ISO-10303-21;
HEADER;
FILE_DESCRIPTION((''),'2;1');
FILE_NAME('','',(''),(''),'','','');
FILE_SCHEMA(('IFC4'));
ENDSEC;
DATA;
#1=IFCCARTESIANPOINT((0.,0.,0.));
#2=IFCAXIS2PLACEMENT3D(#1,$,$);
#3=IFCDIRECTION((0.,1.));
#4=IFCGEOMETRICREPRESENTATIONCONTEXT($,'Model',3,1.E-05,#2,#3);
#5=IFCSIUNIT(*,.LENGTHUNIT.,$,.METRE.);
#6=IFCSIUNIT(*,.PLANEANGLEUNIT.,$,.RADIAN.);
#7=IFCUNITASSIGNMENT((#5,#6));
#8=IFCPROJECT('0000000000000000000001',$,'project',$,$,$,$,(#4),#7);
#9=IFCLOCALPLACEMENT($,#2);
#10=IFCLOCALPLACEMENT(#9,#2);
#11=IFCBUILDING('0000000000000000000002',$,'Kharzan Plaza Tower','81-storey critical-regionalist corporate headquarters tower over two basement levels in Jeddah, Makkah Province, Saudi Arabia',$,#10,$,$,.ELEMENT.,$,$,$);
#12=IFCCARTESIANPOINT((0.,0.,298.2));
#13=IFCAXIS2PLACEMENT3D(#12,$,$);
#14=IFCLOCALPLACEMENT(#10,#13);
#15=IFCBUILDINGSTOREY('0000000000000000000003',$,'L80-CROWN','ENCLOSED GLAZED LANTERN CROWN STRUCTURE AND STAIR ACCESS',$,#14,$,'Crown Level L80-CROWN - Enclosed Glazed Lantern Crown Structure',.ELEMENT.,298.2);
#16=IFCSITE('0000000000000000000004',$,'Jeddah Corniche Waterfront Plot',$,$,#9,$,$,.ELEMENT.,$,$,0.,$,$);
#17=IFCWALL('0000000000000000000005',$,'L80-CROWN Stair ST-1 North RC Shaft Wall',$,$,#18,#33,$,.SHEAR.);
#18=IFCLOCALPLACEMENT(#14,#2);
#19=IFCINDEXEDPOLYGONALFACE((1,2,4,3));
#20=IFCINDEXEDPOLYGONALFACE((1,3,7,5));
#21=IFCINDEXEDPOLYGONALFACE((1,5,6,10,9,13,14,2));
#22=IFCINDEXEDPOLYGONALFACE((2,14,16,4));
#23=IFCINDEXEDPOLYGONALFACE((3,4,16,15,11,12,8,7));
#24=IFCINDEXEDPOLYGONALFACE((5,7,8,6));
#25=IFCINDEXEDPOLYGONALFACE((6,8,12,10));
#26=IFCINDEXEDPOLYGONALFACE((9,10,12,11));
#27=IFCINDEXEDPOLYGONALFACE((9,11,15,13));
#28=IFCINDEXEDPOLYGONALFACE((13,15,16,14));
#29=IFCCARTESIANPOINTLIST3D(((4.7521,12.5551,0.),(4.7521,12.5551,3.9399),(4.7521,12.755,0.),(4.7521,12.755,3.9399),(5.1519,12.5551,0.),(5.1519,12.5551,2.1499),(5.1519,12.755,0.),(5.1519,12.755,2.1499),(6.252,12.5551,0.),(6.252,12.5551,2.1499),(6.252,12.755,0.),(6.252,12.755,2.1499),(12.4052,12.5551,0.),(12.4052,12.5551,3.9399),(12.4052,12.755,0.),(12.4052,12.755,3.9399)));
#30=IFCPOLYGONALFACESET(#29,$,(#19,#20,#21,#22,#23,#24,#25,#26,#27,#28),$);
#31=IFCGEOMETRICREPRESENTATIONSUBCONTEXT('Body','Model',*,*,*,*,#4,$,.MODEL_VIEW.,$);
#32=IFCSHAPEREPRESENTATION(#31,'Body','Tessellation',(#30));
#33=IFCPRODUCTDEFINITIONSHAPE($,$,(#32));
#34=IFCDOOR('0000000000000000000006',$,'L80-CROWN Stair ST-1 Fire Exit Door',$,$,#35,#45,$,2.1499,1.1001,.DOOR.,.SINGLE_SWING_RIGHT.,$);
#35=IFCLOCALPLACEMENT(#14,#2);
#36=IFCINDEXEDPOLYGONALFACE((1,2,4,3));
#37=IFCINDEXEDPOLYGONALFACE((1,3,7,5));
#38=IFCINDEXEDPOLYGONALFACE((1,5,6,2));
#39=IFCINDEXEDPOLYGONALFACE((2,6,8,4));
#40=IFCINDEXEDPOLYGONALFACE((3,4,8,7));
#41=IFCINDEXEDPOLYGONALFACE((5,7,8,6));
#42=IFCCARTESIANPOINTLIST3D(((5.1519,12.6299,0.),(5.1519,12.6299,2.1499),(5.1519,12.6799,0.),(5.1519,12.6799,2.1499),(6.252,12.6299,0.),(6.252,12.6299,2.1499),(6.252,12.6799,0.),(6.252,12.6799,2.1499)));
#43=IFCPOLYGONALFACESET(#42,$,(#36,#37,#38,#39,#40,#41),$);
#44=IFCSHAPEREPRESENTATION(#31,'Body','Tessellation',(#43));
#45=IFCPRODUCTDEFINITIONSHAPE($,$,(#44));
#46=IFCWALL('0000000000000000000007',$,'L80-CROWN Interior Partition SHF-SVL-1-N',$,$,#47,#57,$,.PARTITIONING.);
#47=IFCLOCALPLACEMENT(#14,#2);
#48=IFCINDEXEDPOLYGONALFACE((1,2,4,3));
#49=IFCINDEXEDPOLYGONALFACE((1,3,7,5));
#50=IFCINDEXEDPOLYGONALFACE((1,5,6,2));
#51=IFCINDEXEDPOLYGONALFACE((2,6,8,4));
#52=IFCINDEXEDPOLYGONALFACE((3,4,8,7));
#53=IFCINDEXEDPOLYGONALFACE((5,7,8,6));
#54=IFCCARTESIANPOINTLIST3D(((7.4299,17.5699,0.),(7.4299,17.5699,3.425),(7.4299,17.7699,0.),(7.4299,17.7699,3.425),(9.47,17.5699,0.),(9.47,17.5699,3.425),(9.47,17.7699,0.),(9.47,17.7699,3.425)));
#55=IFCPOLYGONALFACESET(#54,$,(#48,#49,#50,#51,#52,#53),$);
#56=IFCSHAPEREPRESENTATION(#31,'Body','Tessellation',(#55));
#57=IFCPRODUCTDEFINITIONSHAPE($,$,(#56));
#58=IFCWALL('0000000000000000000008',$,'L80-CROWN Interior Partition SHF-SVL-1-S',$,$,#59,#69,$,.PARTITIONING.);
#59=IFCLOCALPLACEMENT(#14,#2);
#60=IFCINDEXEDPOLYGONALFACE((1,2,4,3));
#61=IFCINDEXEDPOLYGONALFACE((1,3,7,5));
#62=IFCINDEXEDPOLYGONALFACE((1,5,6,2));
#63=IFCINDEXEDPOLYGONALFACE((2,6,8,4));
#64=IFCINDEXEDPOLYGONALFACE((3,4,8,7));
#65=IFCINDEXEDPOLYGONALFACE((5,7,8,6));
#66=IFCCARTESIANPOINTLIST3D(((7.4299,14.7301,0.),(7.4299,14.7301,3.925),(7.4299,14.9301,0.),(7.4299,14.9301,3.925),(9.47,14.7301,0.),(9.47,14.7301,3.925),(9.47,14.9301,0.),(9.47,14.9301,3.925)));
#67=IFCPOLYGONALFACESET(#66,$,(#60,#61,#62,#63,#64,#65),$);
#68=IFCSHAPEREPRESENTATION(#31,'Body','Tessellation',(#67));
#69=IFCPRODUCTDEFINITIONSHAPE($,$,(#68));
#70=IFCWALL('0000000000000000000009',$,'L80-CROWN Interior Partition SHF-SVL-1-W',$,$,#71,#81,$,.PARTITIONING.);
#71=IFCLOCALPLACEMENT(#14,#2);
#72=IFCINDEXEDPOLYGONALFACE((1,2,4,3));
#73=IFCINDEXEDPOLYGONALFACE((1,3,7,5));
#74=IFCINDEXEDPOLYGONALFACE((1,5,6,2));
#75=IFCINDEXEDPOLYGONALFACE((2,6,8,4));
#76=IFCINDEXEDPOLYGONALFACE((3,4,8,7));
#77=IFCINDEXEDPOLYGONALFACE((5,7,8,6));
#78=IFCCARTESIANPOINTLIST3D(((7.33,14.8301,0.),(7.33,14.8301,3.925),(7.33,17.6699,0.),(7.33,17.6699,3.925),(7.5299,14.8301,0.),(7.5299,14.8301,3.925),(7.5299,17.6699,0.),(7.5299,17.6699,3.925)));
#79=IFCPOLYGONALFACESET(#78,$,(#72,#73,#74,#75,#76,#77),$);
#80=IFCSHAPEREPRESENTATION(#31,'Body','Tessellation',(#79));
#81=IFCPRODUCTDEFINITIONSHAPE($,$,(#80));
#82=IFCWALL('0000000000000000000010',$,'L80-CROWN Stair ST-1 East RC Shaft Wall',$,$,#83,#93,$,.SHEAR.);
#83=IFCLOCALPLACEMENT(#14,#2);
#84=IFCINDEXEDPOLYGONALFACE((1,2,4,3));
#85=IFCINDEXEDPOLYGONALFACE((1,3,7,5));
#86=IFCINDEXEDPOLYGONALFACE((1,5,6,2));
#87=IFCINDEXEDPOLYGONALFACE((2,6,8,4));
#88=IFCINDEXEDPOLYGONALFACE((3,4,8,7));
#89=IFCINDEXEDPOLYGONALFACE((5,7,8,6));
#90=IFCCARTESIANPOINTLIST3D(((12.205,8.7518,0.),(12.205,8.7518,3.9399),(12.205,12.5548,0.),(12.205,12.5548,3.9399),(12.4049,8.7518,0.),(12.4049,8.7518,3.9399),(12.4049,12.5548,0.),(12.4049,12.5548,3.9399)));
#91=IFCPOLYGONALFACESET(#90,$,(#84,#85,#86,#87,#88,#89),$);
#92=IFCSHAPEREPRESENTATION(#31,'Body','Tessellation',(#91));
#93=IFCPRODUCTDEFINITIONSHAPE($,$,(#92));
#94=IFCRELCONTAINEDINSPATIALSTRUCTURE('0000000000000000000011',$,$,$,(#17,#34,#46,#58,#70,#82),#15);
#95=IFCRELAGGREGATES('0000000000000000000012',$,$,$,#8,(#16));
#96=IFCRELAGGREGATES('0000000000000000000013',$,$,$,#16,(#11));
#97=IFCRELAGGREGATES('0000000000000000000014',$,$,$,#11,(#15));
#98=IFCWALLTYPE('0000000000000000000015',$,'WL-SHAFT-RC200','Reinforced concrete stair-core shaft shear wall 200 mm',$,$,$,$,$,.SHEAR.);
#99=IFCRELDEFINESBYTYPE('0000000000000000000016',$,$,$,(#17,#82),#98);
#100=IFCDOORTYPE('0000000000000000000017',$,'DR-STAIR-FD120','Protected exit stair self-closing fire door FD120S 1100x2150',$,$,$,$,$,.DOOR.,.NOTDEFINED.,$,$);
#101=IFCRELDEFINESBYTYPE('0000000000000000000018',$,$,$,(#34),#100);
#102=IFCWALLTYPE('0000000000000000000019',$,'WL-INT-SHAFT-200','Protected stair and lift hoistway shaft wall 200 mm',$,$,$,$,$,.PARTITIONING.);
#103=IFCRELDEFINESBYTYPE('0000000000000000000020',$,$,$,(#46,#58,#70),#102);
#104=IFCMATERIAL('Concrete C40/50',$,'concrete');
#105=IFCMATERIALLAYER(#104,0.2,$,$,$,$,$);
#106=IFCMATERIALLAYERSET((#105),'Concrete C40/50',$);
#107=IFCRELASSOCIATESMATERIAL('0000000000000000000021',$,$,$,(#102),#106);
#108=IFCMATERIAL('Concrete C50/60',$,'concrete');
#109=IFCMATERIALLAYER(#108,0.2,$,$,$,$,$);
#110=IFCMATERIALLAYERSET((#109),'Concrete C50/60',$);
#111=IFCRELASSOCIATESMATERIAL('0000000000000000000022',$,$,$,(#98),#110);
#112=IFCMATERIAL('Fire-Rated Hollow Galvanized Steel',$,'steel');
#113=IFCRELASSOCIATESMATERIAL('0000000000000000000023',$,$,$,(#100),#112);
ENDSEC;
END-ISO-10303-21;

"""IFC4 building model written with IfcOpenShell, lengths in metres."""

from ifc_helpers import new_model, si_unit, direction, frame, frame_2d, origin, place, context, subcontext, project, spatial, rectangle, extrude, source, transform, mapped, material, layer, layer_set, type_object, element, fill, save


model = new_model("IFC4")

# Units and contexts
model_context = context("Model", 3, precision=1e-05, world=origin(), true_north=direction((0.0, 1.0)))
body_context = subcontext(model_context, "Body", "Model", "MODEL_VIEW")
ifc_project = project(units=[si_unit("LENGTHUNIT", "METRE"), si_unit("PLANEANGLEUNIT", "RADIAN")], contexts=[model_context])

# Site, building, storey
site_placement = place(None, origin())
site = spatial("IfcSite", under=ifc_project, at=site_placement, Name="Jeddah Corniche Waterfront Plot", CompositionType="ELEMENT", RefElevation=0.0)
building_placement = place(site_placement, origin())
building = spatial("IfcBuilding", under=site, at=building_placement, Name="Kharzan Plaza Tower", Description="81-storey critical-regionalist corporate headquarters tower over two basement levels in Jeddah, Makkah Province, Saudi Arabia", CompositionType="ELEMENT")
storey_placement = place(building_placement, frame((0.0, 0.0, 298.2)))
storey = spatial("IfcBuildingStorey", under=building, at=storey_placement, Name="L80-CROWN", Description="ENCLOSED GLAZED LANTERN CROWN STRUCTURE AND STAIR ACCESS", LongName="Crown Level L80-CROWN - Enclosed Glazed Lantern Crown Structure", CompositionType="ELEMENT", Elevation=298.2)

# Wall, opening, door
ifc_material_1 = material(Name="Concrete C40/50", Category="concrete")
ifc_layer_1 = layer(ifc_material_1, 0.2)
ifc_layer_set_1 = layer_set([ifc_layer_1], Name="Concrete C40/50")
wall_type_1 = type_object("IfcWallType", Name="WL-INT-SHAFT-200", Description="Protected stair and lift hoistway shaft wall 200 mm", PredefinedType="PARTITIONING", material=ifc_layer_set_1)
ifc_material_2 = material(Name="Concrete C50/60", Category="concrete")
ifc_layer_2 = layer(ifc_material_2, 0.2)
ifc_layer_set_2 = layer_set([ifc_layer_2], Name="Concrete C50/60")
wall_type_2 = type_object("IfcWallType", Name="WL-SHAFT-RC200", Description="Reinforced concrete stair-core shaft shear wall 200 mm", PredefinedType="SHEAR", material=ifc_layer_set_2)
wall_1_placement = place(storey_placement, frame((4.752, 12.655, 0.0), z_axis=(0.0, 0.0, 1.0), x_axis=(1.0, 0.0, 0.0)))
wall_1 = element("IfcWall", 1, at=wall_1_placement, inside=storey, type_object=wall_type_2, Name="L80-CROWN Stair ST-1 North RC Shaft Wall", PredefinedType="SHEAR", context=body_context, shape_type="SweptSolid", body=[
    extrude(rectangle(XDim=7.6531, YDim=0.2, at=frame_2d((3.8267, 0.0))), origin(), (0.0, 0.0, 1.0), 3.9399),
])
opening_1_placement = place(wall_1_placement, frame((0.3999, 0.0, 0.0)))
opening_1 = element("IfcOpeningElement", 2, at=opening_1_placement, cuts=wall_1, PredefinedType="OPENING", context=body_context, shape_type="SweptSolid", body=[
    extrude(rectangle(XDim=1.1001, YDim=2.1499, at=frame_2d((0.55, 1.075))), frame((0.0, 0.1099, 0.0), z_axis=(0.0, -1.0, 0.0), x_axis=(1.0, 0.0, 0.0)), (0.0, 0.0, 1.0), 0.22),
])
ifc_material_3 = material(Name="Fire-Rated Hollow Galvanized Steel", Category="steel")
door_type_1 = type_object("IfcDoorType", Name="DR-STAIR-FD120", Description="Protected exit stair self-closing fire door FD120S 1100x2150", OperationType="NOTDEFINED", PredefinedType="DOOR", material=ifc_material_3)
shared_shape_1 = source(origin(), body_context, "Body", "SweptSolid", [
    extrude(rectangle(XDim=1.1001, YDim=2.1499, at=frame_2d((0.55, 1.075))), frame((0.0, 0.0249, 0.0), z_axis=(0.0, -1.0, 0.0), x_axis=(1.0, 0.0, 0.0)), (0.0, 0.0, 1.0), 0.05),
])
door_1_placement = place(opening_1_placement, origin())
door_1 = element("IfcDoor", 3, at=door_1_placement, inside=storey, type_object=door_type_1, Name="L80-CROWN Stair ST-1 Fire Exit Door", OperationType="SINGLE_SWING_RIGHT", OverallHeight=2.1499, OverallWidth=1.1001, PredefinedType="DOOR", context=body_context, shape_type="MappedRepresentation", body=[
    mapped(shared_shape_1, transform((0.0, 0.0, 0.0), x_axis=(1.0, 0.0, 0.0), y_axis=(0.0, 1.0, 0.0), z_axis=(0.0, 0.0, 1.0))),
])
fill(opening_1, door_1)

# Walls
shared_shape_2 = source(origin(), body_context, "Body", "SweptSolid", [
    extrude(rectangle(XDim=2.04, YDim=0.2, at=frame_2d((1.02, 0.0))), origin(), (0.0, 0.0, 1.0), 3.425),
])
wall_2_placement = place(storey_placement, frame((7.4299, 17.6699, 0.0), z_axis=(0.0, 0.0, 1.0), x_axis=(1.0, 0.0, 0.0)))
element("IfcWall", 4, at=wall_2_placement, inside=storey, type_object=wall_type_1, Name="L80-CROWN Interior Partition SHF-SVL-1-N", PredefinedType="PARTITIONING", context=body_context, shape_type="MappedRepresentation", body=[
    mapped(shared_shape_2, transform((0.0, 0.0, 0.0), x_axis=(1.0, 0.0, 0.0), y_axis=(0.0, 1.0, 0.0), z_axis=(0.0, 0.0, 1.0))),
])
shared_shape_3 = source(origin(), body_context, "Body", "SweptSolid", [
    extrude(rectangle(XDim=2.04, YDim=0.2, at=frame_2d((1.02, 0.0))), origin(), (0.0, 0.0, 1.0), 3.925),
])
wall_3_placement = place(storey_placement, frame((7.4299, 14.8301, 0.0), z_axis=(0.0, 0.0, 1.0), x_axis=(1.0, 0.0, 0.0)))
element("IfcWall", 5, at=wall_3_placement, inside=storey, type_object=wall_type_1, Name="L80-CROWN Interior Partition SHF-SVL-1-S", PredefinedType="PARTITIONING", context=body_context, shape_type="MappedRepresentation", body=[
    mapped(shared_shape_3, transform((0.0, 0.0, 0.0), x_axis=(1.0, 0.0, 0.0), y_axis=(0.0, 1.0, 0.0), z_axis=(0.0, 0.0, 1.0))),
])
shared_shape_4 = source(origin(), body_context, "Body", "SweptSolid", [
    extrude(rectangle(XDim=2.8398, YDim=0.2, at=frame_2d((1.4199, 0.0))), origin(), (0.0, 0.0, 1.0), 3.925),
])
wall_4_placement = place(storey_placement, frame((7.4299, 14.8301, 0.0), z_axis=(0.0, 0.0, 1.0), x_axis=(0.0, 1.0, 0.0)))
element("IfcWall", 6, at=wall_4_placement, inside=storey, type_object=wall_type_1, Name="L80-CROWN Interior Partition SHF-SVL-1-W", PredefinedType="PARTITIONING", context=body_context, shape_type="MappedRepresentation", body=[
    mapped(shared_shape_4, transform((0.0, 0.0, 0.0), x_axis=(1.0, 0.0, 0.0), y_axis=(0.0, 1.0, 0.0), z_axis=(0.0, 0.0, 1.0))),
])
shared_shape_5 = source(origin(), body_context, "Body", "SweptSolid", [
    extrude(rectangle(XDim=3.803, YDim=0.2, at=frame_2d((1.9014, 0.0))), origin(), (0.0, 0.0, 1.0), 3.9399),
])
wall_5_placement = place(storey_placement, frame((12.3049, 8.752, 0.0), z_axis=(0.0, 0.0, 1.0), x_axis=(0.0, 1.0, 0.0)))
element("IfcWall", 7, at=wall_5_placement, inside=storey, type_object=wall_type_2, Name="L80-CROWN Stair ST-1 East RC Shaft Wall", PredefinedType="SHEAR", context=body_context, shape_type="MappedRepresentation", body=[
    mapped(shared_shape_5, transform((0.0, 0.0, 0.0), x_axis=(1.0, 0.0, 0.0), y_axis=(0.0, 1.0, 0.0), z_axis=(0.0, 0.0, 1.0))),
])

save(model, "model.ifc")
